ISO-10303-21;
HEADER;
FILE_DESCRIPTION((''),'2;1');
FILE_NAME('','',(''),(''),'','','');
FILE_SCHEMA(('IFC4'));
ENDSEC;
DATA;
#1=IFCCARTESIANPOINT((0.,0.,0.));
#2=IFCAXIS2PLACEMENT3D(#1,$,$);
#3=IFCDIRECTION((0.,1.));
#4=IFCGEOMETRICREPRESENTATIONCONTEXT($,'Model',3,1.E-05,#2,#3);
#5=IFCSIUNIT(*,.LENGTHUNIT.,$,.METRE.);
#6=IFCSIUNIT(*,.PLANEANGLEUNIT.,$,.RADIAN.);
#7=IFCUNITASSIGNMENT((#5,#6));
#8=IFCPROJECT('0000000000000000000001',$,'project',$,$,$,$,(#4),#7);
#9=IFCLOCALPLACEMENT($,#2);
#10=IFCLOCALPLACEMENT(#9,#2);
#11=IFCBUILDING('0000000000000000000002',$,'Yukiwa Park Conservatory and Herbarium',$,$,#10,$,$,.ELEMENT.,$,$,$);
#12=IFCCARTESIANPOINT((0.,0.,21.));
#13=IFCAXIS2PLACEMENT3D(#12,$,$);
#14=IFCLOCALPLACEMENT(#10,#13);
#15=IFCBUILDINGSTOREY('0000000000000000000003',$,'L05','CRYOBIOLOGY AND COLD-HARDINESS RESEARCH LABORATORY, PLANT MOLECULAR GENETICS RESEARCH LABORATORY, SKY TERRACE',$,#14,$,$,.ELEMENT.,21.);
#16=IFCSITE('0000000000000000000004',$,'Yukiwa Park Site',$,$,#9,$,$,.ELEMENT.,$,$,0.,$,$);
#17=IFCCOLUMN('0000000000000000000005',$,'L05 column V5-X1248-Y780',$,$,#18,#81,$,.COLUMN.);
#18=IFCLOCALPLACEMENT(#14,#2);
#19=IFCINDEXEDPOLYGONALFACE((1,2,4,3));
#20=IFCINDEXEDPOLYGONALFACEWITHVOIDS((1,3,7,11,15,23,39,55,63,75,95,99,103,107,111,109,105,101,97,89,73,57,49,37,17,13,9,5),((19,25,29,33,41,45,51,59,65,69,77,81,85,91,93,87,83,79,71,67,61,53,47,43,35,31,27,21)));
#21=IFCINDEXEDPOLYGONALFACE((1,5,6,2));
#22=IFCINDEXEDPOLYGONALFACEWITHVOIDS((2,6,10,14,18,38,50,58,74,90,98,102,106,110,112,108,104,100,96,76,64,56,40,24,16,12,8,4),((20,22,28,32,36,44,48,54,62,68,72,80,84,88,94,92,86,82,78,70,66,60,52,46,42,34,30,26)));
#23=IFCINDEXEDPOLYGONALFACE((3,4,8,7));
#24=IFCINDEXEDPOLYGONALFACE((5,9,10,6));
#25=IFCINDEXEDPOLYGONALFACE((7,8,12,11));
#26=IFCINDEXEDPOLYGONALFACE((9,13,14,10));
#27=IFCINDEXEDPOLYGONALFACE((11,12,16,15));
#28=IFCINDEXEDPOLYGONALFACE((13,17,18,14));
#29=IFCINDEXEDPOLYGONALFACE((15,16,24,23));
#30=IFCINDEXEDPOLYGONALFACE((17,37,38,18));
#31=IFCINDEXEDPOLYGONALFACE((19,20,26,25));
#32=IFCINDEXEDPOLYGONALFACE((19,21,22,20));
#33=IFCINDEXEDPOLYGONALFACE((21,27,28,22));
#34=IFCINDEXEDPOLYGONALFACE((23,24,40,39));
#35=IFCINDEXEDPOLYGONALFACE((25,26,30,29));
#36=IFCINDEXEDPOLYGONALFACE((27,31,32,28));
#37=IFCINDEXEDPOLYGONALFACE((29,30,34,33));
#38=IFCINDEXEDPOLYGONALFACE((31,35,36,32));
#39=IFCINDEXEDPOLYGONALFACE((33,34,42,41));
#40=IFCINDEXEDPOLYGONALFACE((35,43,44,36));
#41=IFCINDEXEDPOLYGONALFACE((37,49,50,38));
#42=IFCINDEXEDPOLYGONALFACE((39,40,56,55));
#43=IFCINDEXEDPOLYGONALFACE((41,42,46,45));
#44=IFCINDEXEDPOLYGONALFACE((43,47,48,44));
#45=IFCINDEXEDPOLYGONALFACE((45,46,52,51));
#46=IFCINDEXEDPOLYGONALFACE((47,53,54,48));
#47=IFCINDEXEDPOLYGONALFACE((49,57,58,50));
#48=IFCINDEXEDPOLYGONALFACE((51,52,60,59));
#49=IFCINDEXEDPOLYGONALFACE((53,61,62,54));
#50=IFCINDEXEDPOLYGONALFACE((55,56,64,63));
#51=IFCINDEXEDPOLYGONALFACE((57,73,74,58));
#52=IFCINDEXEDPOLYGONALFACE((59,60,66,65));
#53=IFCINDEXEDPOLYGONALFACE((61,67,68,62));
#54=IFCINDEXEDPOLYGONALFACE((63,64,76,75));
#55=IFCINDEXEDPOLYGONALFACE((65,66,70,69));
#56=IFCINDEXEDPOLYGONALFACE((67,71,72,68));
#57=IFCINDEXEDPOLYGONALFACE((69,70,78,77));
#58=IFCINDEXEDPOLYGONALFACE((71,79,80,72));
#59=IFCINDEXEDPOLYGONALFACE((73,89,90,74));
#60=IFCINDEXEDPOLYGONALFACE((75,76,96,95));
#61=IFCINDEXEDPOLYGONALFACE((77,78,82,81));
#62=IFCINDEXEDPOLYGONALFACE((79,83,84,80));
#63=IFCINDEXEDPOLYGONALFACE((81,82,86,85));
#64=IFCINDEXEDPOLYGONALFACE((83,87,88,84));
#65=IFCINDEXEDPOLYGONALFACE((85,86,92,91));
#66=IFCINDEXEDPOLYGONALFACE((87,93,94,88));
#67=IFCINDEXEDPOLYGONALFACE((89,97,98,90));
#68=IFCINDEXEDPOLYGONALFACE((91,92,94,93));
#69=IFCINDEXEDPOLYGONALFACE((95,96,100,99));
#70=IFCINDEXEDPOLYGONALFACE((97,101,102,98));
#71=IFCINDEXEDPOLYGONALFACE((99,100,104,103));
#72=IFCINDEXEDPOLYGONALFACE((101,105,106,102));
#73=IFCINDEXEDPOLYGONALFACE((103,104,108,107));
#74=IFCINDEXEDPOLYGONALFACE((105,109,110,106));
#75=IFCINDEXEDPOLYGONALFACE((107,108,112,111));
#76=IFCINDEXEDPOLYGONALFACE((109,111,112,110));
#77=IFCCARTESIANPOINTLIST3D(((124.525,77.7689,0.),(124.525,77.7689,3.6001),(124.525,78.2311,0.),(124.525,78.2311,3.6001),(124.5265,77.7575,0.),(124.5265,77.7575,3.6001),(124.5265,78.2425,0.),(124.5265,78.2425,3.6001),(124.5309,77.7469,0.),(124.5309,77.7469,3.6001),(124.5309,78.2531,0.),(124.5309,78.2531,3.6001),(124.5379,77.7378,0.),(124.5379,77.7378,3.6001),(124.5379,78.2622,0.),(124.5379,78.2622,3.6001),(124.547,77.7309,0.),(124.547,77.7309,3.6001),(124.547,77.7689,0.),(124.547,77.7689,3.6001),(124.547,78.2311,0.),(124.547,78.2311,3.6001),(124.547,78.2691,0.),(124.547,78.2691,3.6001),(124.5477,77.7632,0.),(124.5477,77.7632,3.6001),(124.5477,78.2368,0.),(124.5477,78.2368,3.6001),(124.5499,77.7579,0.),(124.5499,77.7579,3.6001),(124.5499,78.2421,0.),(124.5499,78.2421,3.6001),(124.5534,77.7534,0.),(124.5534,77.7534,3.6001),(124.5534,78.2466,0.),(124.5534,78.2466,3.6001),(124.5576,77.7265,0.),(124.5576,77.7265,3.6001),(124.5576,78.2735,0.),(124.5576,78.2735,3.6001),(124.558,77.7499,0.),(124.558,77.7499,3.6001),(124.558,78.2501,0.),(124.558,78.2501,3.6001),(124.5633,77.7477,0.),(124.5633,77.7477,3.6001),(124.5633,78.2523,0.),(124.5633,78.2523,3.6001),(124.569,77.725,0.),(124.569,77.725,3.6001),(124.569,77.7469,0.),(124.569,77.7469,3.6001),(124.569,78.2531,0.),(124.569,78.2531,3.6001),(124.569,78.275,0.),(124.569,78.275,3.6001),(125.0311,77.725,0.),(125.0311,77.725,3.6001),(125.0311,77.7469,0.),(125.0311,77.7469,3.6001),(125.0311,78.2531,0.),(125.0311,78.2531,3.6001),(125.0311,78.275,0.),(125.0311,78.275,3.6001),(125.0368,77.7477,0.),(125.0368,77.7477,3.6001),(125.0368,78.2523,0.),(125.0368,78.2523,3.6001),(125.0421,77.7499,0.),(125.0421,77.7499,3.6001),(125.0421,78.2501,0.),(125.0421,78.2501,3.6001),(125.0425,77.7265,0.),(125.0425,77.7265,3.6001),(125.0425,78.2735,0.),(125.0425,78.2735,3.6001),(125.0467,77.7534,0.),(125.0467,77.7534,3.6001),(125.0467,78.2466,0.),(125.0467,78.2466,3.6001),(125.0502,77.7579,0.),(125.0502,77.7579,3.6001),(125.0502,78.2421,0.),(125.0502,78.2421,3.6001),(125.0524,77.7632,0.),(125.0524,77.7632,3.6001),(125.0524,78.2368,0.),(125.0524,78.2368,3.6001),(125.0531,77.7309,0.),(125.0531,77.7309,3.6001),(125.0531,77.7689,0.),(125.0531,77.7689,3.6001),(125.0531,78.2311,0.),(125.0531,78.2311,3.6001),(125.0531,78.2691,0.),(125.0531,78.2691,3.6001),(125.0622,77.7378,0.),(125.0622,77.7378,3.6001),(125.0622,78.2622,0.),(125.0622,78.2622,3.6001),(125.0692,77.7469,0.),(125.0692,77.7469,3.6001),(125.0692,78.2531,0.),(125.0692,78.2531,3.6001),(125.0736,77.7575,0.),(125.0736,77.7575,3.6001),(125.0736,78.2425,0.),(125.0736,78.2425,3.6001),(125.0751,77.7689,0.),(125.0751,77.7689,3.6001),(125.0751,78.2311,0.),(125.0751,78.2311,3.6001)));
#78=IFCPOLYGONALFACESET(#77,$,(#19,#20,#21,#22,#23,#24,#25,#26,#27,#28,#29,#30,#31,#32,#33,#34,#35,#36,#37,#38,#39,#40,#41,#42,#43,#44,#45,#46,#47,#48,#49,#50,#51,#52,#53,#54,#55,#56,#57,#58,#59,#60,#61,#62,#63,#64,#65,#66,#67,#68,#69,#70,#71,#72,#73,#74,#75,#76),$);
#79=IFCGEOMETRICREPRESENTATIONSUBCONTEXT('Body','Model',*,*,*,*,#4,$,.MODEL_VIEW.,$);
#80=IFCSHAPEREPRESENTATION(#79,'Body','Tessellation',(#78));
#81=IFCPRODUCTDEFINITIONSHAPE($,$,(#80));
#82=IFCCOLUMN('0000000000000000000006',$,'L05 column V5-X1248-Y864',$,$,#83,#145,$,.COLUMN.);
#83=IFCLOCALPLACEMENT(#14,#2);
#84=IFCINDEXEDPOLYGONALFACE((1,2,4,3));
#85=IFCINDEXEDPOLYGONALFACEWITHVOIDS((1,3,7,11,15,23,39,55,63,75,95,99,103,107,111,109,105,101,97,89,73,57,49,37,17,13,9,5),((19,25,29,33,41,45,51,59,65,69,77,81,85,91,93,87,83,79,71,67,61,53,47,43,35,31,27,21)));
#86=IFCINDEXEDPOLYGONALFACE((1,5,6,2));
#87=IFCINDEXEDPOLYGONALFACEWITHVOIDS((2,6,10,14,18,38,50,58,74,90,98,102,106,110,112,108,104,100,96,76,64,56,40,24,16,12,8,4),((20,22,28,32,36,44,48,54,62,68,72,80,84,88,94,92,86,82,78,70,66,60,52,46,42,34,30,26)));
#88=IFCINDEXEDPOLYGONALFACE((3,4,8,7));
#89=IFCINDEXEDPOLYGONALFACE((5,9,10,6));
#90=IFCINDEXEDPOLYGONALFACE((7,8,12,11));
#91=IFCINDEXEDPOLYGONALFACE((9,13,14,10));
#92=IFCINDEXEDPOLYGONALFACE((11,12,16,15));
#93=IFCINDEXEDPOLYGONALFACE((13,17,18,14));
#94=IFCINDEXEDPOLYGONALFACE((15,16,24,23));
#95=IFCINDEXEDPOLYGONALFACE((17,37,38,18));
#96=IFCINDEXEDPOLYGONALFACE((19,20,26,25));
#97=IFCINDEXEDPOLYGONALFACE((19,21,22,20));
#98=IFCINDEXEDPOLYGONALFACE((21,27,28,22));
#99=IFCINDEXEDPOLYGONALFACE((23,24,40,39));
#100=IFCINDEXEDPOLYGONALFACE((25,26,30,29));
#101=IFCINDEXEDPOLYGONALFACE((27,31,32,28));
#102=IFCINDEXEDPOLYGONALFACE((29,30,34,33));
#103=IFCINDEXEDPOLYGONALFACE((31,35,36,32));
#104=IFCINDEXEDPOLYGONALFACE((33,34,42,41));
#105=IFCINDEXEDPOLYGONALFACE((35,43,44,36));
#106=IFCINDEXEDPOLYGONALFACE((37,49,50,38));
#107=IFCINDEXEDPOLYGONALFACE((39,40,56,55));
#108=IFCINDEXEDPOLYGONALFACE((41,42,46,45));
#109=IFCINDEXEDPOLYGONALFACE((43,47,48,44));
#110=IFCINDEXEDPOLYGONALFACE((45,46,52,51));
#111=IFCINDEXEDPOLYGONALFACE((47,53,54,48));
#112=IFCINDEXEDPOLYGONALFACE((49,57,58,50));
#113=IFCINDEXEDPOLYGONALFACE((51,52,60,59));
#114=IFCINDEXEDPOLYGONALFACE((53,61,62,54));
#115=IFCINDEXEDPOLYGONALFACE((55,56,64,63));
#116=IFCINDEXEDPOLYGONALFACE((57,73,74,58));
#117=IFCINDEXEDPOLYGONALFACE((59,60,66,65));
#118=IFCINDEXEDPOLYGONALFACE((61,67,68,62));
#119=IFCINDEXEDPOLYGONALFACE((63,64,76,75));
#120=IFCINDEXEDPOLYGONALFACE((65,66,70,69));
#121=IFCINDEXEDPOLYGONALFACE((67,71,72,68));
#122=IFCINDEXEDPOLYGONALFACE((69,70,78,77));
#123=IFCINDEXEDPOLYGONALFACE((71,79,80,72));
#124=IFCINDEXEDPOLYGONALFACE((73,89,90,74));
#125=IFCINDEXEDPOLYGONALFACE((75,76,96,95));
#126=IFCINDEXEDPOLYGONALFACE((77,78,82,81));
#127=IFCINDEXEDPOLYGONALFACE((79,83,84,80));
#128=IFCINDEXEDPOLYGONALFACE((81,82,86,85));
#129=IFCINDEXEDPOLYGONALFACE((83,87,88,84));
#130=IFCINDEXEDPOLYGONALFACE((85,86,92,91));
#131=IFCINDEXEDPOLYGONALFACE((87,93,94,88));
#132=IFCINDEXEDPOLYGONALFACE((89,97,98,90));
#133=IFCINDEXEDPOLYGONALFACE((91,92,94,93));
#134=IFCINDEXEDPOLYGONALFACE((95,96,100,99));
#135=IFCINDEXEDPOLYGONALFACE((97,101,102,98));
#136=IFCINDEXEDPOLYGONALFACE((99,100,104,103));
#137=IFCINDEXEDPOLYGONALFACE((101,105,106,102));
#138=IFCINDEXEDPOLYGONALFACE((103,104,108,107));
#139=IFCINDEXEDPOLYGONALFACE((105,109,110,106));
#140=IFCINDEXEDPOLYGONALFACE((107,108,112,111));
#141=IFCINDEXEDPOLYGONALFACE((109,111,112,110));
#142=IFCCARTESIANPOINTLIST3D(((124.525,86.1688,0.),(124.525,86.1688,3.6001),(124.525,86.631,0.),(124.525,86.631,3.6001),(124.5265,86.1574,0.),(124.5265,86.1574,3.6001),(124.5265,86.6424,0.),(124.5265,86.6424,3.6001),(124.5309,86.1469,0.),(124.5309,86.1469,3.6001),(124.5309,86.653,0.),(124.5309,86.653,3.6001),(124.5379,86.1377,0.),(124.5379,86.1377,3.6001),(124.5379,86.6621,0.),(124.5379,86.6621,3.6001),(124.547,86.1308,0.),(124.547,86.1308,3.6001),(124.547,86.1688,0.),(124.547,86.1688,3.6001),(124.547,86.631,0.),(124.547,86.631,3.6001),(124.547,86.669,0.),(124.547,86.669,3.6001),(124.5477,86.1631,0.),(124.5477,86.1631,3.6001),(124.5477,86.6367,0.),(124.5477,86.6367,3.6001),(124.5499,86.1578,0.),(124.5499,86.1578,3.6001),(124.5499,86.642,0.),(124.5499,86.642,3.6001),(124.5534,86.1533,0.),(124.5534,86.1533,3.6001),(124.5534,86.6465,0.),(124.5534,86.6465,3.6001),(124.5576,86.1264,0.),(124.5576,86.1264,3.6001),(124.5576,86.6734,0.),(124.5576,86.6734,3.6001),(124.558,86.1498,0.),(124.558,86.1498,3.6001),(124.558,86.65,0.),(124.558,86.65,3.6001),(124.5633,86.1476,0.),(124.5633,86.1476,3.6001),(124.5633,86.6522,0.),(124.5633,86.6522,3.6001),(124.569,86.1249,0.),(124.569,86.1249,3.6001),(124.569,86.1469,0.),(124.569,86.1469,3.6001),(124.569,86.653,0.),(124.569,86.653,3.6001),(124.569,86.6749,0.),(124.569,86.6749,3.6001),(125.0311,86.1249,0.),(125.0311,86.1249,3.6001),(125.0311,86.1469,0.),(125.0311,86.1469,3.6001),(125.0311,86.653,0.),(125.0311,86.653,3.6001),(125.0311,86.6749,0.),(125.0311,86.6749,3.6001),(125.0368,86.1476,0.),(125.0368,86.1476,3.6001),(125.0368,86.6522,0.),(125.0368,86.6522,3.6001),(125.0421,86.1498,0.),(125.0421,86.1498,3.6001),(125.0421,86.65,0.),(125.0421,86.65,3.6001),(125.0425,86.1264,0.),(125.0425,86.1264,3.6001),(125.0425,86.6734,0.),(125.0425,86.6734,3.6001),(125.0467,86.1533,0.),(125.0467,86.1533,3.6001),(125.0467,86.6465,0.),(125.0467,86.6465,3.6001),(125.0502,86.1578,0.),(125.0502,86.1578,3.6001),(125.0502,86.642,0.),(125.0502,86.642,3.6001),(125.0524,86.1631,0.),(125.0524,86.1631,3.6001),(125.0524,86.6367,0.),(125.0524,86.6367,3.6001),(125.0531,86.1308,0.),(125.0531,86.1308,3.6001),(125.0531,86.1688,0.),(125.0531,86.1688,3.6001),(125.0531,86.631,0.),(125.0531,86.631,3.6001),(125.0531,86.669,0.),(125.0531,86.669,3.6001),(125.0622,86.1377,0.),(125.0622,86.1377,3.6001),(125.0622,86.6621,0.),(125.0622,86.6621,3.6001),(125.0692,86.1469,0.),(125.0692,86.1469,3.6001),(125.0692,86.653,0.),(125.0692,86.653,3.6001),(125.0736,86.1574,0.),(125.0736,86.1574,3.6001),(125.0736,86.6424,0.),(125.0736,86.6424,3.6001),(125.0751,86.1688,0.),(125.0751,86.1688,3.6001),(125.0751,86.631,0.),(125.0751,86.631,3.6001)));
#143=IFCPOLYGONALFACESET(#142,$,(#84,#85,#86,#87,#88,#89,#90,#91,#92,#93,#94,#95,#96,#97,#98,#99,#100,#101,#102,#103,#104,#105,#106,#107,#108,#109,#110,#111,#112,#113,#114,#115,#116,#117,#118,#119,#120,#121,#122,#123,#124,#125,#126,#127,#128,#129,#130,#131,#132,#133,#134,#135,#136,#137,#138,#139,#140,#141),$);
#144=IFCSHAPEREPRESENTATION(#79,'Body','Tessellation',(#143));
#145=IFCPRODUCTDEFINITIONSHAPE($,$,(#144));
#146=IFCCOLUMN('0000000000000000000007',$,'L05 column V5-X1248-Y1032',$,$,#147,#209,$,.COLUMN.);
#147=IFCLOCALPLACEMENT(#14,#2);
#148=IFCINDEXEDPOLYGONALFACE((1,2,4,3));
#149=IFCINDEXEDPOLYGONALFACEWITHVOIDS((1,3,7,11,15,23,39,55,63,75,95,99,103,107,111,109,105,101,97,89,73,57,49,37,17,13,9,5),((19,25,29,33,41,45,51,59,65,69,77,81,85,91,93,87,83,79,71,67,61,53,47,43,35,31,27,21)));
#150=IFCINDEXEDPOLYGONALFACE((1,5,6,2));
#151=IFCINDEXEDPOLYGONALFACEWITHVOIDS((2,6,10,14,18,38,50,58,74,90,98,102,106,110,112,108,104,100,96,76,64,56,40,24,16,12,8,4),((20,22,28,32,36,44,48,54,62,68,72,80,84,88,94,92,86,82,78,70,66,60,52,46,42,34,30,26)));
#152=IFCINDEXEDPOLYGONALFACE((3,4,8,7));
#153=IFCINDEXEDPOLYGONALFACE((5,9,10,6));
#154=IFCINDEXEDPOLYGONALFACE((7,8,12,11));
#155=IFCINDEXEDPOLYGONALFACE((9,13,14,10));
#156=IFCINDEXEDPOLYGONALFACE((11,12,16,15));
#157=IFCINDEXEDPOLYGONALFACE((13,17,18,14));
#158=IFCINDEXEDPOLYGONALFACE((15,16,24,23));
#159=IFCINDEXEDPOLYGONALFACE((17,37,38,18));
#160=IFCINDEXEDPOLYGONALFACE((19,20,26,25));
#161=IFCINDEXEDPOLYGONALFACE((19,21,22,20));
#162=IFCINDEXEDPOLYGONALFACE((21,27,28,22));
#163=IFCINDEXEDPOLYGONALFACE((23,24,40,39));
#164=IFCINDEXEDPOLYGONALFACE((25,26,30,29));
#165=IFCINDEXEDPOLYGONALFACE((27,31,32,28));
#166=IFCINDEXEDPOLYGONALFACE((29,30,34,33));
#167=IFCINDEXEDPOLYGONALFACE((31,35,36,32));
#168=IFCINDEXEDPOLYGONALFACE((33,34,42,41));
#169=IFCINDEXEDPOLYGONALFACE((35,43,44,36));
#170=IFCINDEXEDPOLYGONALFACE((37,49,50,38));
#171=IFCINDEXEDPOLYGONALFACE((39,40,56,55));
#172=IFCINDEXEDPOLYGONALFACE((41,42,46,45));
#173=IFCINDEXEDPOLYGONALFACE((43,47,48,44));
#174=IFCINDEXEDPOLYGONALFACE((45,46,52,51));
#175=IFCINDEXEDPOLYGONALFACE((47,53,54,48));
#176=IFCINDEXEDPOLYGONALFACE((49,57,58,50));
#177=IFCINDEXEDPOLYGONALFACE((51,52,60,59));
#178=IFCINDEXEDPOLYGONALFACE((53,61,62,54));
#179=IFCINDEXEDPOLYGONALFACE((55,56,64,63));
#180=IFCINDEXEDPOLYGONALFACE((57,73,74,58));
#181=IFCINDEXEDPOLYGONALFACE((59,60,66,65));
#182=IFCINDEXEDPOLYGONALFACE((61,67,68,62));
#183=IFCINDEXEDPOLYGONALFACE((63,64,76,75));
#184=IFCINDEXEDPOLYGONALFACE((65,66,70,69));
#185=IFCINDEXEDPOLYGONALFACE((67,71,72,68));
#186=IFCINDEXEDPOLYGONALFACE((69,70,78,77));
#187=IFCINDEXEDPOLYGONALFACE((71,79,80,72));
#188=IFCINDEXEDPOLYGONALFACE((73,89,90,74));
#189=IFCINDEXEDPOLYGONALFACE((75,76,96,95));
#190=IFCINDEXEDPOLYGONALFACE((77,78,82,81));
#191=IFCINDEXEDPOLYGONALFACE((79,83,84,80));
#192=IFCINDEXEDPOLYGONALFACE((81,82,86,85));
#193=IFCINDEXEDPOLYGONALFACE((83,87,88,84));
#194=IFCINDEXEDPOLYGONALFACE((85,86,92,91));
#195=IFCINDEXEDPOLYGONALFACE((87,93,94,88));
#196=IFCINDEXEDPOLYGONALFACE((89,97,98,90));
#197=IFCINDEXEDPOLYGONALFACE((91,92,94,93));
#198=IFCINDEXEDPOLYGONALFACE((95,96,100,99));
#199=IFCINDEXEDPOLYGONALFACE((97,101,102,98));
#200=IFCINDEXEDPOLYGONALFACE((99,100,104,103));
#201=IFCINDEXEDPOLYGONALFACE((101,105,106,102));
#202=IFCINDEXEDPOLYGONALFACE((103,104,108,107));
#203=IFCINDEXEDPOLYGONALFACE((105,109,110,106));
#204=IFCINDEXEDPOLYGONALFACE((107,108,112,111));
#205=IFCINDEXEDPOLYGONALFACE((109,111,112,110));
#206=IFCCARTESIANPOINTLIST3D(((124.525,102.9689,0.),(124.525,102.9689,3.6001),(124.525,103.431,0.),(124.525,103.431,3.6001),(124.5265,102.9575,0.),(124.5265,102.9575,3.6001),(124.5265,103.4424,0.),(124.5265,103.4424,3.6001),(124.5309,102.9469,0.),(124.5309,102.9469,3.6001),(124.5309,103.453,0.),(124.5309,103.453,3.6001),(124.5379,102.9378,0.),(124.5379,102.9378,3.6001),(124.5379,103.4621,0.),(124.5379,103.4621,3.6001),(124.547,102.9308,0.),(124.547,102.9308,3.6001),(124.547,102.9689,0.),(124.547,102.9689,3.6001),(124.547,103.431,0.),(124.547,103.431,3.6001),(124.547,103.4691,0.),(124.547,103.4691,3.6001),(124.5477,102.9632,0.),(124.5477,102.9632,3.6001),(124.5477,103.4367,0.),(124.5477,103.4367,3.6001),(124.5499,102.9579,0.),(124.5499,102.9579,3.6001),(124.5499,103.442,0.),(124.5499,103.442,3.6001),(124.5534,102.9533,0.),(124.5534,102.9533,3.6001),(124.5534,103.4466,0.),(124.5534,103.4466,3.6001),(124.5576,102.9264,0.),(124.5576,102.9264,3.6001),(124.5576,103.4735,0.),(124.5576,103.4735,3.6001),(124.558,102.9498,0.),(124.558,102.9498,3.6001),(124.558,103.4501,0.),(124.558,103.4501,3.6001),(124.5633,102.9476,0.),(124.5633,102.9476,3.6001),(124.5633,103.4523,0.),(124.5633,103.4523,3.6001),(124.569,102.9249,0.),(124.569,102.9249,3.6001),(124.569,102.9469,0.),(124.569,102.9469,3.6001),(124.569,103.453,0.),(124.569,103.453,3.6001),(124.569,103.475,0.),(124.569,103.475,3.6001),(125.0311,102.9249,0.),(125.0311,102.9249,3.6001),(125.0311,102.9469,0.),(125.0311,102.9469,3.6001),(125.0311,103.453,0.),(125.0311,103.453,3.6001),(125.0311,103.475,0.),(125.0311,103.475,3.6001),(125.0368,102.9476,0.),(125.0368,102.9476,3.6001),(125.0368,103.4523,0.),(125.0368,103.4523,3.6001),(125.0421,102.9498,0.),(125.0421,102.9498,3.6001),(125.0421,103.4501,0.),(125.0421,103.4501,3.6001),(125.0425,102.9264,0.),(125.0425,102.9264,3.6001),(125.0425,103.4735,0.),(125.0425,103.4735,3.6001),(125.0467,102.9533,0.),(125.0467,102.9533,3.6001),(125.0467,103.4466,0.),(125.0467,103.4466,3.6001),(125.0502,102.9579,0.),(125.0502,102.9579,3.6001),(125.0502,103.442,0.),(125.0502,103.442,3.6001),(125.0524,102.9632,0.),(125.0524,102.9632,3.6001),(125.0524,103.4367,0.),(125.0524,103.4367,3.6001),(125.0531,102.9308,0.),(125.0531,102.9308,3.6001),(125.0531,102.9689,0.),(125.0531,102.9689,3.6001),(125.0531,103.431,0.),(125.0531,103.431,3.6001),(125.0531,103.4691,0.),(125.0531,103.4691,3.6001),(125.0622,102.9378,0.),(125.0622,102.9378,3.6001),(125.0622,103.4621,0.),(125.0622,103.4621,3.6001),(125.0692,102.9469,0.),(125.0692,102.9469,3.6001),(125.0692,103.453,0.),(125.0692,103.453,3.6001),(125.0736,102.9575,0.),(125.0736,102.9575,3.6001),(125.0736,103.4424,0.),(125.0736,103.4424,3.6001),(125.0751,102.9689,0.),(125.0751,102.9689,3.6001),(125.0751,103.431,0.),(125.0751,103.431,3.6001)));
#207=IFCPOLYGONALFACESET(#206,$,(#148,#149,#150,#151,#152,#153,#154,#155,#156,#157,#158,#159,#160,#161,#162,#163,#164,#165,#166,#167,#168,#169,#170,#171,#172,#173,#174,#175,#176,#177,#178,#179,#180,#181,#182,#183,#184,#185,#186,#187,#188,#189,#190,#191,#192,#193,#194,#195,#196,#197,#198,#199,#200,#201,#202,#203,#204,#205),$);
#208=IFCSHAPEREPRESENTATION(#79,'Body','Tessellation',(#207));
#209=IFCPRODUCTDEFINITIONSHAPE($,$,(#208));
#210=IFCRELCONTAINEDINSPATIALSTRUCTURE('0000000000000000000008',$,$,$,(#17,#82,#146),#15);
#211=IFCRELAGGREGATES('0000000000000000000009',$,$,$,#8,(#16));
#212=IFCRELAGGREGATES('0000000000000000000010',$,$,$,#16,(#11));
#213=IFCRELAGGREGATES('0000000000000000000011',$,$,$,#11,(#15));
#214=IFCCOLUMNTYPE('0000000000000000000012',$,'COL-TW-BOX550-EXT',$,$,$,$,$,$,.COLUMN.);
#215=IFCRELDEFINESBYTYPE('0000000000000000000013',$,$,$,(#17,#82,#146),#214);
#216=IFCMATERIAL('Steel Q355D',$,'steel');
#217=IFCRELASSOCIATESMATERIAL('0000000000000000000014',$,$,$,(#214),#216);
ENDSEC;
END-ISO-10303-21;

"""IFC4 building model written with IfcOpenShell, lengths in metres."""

from ifc_helpers import new_model, si_unit, direction, frame, origin, origin_2d, place, context, subcontext, project, spatial, hollow_rectangle, extrude, material, material_profile, profile_set, type_object, element, save


model = new_model("IFC4")

# Units and contexts
model_context = context("Model", 3, precision=1e-05, world=origin(), true_north=direction((0.0, 1.0)))
body_context = subcontext(model_context, "Body", "Model", "MODEL_VIEW")
ifc_project = project(units=[si_unit("LENGTHUNIT", "METRE"), si_unit("PLANEANGLEUNIT", "RADIAN")], contexts=[model_context])

# Site, building, storey
site_placement = place(None, origin())
site = spatial("IfcSite", under=ifc_project, at=site_placement, Name="Yukiwa Park Site", CompositionType="ELEMENT", RefElevation=0.0)
building_placement = place(site_placement, origin())
building = spatial("IfcBuilding", under=site, at=building_placement, Name="Yukiwa Park Conservatory and Herbarium", CompositionType="ELEMENT")
storey_placement = place(building_placement, frame((0.0, 0.0, 21.0)))
storey = spatial("IfcBuildingStorey", under=building, at=storey_placement, Name="L05", Description="CRYOBIOLOGY AND COLD-HARDINESS RESEARCH LABORATORY, PLANT MOLECULAR GENETICS RESEARCH LABORATORY, SKY TERRACE", CompositionType="ELEMENT", Elevation=21.0)

# Columns
ifc_material_1 = material(Name="Steel Q355D", Category="steel")
ifc_material_profile_1 = material_profile(ifc_material_1, hollow_rectangle(XDim=0.55, YDim=0.55, WallThickness=0.022, InnerFilletRadius=0.022, OuterFilletRadius=0.0439, at=origin_2d()), Name="BOX 550x550x22")
ifc_profile_set_1 = profile_set([ifc_material_profile_1], Name="Steel Q355D")
column_type_1 = type_object("IfcColumnType", Name="COL-TW-BOX550-EXT", PredefinedType="COLUMN", material=ifc_profile_set_1)
for number, where, z_axis, x_axis, name in (
    (1, (124.8, 78.0, 0.0), (0.0, 0.0, 1.0), (1.0, 0.0, 0.0), "L05 column V5-X1248-Y780"),
    (2, (124.8, 86.3999, 0.0), (0.0, 0.0, 1.0), (1.0, 0.0, 0.0), "L05 column V5-X1248-Y864"),
    (3, (124.8, 103.2, 0.0), (0.0, 0.0, 1.0), (1.0, 0.0, 0.0), "L05 column V5-X1248-Y1032"),
):
    element("IfcColumn", number, at=place(storey_placement, frame(where, z_axis=z_axis, x_axis=x_axis)), inside=storey, type_object=column_type_1, Name=name, PredefinedType="COLUMN", context=body_context, shape_type="SweptSolid", body=[
        extrude(hollow_rectangle(XDim=0.55, YDim=0.55, WallThickness=0.022, InnerFilletRadius=0.022, OuterFilletRadius=0.0439, at=origin_2d()), origin(), (0.0, 0.0, 1.0), 3.6001),
    ])

save(model, "model.ifc")
